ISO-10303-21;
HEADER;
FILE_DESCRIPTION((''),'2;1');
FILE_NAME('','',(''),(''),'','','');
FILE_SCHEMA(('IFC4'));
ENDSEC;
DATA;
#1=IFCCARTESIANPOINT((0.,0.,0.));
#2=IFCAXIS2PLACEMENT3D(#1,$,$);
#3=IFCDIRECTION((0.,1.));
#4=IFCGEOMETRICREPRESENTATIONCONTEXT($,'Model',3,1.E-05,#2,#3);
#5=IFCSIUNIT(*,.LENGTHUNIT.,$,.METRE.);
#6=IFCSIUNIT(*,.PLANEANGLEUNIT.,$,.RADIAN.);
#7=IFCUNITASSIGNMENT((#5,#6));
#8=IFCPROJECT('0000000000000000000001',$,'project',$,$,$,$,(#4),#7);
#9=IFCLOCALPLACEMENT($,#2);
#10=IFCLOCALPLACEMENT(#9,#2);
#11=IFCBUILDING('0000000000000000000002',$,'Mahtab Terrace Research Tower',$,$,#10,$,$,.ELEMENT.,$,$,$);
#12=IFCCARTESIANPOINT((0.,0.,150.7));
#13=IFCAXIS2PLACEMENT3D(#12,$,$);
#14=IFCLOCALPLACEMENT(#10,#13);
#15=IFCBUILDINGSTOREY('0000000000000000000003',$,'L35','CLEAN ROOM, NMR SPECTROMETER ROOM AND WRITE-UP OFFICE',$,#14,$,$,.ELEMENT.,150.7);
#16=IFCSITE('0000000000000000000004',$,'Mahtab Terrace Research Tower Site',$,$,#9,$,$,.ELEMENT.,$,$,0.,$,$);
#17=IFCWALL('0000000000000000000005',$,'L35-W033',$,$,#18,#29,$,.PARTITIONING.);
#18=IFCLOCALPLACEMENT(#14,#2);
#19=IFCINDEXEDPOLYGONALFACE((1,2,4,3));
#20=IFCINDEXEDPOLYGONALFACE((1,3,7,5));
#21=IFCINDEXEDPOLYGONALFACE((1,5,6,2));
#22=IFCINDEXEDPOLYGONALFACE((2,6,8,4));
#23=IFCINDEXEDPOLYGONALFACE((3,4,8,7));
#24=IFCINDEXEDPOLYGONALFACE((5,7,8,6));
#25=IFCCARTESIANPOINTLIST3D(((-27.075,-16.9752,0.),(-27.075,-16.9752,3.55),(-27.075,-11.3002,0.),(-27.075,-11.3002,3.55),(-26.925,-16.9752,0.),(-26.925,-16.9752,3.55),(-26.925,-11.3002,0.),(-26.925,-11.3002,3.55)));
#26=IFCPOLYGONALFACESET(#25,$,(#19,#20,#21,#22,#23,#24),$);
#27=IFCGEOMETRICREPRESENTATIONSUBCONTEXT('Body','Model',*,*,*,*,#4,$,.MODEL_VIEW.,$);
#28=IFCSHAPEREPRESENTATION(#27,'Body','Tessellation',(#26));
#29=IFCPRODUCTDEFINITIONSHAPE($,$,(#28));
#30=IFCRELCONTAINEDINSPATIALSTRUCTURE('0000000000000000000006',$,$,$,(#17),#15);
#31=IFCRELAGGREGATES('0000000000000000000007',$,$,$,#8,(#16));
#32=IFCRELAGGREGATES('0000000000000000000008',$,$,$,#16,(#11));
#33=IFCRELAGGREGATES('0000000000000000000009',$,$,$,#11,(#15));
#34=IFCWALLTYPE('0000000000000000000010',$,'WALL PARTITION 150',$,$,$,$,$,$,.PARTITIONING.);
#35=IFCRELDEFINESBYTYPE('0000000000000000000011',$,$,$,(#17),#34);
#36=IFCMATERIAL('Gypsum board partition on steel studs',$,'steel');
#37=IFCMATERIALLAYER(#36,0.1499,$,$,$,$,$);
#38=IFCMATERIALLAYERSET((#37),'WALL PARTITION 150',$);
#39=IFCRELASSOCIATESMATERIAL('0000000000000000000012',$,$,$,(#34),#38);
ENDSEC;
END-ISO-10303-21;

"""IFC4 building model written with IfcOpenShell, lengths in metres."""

from ifc_helpers import new_model, si_unit, direction, frame, frame_2d, origin, place, context, subcontext, project, spatial, rectangle, extrude, material, layer, layer_set, type_object, element, save


model = new_model("IFC4")

# Units and contexts
model_context = context("Model", 3, precision=1e-05, world=origin(), true_north=direction((0.0, 1.0)))
body_context = subcontext(model_context, "Body", "Model", "MODEL_VIEW")
ifc_project = project(units=[si_unit("LENGTHUNIT", "METRE"), si_unit("PLANEANGLEUNIT", "RADIAN")], contexts=[model_context])

# Site, building, storey
site_placement = place(None, origin())
site = spatial("IfcSite", under=ifc_project, at=site_placement, Name="Mahtab Terrace Research Tower Site", CompositionType="ELEMENT", RefElevation=0.0)
building_placement = place(site_placement, origin())
building = spatial("IfcBuilding", under=site, at=building_placement, Name="Mahtab Terrace Research Tower", CompositionType="ELEMENT")
storey_placement = place(building_placement, frame((0.0, 0.0, 150.7)))
storey = spatial("IfcBuildingStorey", under=building, at=storey_placement, Name="L35", Description="CLEAN ROOM, NMR SPECTROMETER ROOM AND WRITE-UP OFFICE", CompositionType="ELEMENT", Elevation=150.7)

# Wall
ifc_material_1 = material(Name="Gypsum board partition on steel studs", Category="steel")
ifc_layer_1 = layer(ifc_material_1, 0.1499)
ifc_layer_set_1 = layer_set([ifc_layer_1], Name="WALL PARTITION 150")
wall_type_1 = type_object("IfcWallType", Name="WALL PARTITION 150", PredefinedType="PARTITIONING", material=ifc_layer_set_1)
wall_1_placement = place(storey_placement, frame((-27.0, -16.9751, 0.0), z_axis=(0.0, 0.0, 1.0), x_axis=(0.0, 1.0, 0.0)))
element("IfcWall", 1, at=wall_1_placement, inside=storey, type_object=wall_type_1, Name="L35-W033", PredefinedType="PARTITIONING", context=body_context, shape_type="SweptSolid", body=[
    extrude(rectangle(XDim=5.675, YDim=0.1499, at=frame_2d((2.8374, 0.0))), origin(), (0.0, 0.0, 1.0), 3.55),
])

save(model, "model.ifc")
